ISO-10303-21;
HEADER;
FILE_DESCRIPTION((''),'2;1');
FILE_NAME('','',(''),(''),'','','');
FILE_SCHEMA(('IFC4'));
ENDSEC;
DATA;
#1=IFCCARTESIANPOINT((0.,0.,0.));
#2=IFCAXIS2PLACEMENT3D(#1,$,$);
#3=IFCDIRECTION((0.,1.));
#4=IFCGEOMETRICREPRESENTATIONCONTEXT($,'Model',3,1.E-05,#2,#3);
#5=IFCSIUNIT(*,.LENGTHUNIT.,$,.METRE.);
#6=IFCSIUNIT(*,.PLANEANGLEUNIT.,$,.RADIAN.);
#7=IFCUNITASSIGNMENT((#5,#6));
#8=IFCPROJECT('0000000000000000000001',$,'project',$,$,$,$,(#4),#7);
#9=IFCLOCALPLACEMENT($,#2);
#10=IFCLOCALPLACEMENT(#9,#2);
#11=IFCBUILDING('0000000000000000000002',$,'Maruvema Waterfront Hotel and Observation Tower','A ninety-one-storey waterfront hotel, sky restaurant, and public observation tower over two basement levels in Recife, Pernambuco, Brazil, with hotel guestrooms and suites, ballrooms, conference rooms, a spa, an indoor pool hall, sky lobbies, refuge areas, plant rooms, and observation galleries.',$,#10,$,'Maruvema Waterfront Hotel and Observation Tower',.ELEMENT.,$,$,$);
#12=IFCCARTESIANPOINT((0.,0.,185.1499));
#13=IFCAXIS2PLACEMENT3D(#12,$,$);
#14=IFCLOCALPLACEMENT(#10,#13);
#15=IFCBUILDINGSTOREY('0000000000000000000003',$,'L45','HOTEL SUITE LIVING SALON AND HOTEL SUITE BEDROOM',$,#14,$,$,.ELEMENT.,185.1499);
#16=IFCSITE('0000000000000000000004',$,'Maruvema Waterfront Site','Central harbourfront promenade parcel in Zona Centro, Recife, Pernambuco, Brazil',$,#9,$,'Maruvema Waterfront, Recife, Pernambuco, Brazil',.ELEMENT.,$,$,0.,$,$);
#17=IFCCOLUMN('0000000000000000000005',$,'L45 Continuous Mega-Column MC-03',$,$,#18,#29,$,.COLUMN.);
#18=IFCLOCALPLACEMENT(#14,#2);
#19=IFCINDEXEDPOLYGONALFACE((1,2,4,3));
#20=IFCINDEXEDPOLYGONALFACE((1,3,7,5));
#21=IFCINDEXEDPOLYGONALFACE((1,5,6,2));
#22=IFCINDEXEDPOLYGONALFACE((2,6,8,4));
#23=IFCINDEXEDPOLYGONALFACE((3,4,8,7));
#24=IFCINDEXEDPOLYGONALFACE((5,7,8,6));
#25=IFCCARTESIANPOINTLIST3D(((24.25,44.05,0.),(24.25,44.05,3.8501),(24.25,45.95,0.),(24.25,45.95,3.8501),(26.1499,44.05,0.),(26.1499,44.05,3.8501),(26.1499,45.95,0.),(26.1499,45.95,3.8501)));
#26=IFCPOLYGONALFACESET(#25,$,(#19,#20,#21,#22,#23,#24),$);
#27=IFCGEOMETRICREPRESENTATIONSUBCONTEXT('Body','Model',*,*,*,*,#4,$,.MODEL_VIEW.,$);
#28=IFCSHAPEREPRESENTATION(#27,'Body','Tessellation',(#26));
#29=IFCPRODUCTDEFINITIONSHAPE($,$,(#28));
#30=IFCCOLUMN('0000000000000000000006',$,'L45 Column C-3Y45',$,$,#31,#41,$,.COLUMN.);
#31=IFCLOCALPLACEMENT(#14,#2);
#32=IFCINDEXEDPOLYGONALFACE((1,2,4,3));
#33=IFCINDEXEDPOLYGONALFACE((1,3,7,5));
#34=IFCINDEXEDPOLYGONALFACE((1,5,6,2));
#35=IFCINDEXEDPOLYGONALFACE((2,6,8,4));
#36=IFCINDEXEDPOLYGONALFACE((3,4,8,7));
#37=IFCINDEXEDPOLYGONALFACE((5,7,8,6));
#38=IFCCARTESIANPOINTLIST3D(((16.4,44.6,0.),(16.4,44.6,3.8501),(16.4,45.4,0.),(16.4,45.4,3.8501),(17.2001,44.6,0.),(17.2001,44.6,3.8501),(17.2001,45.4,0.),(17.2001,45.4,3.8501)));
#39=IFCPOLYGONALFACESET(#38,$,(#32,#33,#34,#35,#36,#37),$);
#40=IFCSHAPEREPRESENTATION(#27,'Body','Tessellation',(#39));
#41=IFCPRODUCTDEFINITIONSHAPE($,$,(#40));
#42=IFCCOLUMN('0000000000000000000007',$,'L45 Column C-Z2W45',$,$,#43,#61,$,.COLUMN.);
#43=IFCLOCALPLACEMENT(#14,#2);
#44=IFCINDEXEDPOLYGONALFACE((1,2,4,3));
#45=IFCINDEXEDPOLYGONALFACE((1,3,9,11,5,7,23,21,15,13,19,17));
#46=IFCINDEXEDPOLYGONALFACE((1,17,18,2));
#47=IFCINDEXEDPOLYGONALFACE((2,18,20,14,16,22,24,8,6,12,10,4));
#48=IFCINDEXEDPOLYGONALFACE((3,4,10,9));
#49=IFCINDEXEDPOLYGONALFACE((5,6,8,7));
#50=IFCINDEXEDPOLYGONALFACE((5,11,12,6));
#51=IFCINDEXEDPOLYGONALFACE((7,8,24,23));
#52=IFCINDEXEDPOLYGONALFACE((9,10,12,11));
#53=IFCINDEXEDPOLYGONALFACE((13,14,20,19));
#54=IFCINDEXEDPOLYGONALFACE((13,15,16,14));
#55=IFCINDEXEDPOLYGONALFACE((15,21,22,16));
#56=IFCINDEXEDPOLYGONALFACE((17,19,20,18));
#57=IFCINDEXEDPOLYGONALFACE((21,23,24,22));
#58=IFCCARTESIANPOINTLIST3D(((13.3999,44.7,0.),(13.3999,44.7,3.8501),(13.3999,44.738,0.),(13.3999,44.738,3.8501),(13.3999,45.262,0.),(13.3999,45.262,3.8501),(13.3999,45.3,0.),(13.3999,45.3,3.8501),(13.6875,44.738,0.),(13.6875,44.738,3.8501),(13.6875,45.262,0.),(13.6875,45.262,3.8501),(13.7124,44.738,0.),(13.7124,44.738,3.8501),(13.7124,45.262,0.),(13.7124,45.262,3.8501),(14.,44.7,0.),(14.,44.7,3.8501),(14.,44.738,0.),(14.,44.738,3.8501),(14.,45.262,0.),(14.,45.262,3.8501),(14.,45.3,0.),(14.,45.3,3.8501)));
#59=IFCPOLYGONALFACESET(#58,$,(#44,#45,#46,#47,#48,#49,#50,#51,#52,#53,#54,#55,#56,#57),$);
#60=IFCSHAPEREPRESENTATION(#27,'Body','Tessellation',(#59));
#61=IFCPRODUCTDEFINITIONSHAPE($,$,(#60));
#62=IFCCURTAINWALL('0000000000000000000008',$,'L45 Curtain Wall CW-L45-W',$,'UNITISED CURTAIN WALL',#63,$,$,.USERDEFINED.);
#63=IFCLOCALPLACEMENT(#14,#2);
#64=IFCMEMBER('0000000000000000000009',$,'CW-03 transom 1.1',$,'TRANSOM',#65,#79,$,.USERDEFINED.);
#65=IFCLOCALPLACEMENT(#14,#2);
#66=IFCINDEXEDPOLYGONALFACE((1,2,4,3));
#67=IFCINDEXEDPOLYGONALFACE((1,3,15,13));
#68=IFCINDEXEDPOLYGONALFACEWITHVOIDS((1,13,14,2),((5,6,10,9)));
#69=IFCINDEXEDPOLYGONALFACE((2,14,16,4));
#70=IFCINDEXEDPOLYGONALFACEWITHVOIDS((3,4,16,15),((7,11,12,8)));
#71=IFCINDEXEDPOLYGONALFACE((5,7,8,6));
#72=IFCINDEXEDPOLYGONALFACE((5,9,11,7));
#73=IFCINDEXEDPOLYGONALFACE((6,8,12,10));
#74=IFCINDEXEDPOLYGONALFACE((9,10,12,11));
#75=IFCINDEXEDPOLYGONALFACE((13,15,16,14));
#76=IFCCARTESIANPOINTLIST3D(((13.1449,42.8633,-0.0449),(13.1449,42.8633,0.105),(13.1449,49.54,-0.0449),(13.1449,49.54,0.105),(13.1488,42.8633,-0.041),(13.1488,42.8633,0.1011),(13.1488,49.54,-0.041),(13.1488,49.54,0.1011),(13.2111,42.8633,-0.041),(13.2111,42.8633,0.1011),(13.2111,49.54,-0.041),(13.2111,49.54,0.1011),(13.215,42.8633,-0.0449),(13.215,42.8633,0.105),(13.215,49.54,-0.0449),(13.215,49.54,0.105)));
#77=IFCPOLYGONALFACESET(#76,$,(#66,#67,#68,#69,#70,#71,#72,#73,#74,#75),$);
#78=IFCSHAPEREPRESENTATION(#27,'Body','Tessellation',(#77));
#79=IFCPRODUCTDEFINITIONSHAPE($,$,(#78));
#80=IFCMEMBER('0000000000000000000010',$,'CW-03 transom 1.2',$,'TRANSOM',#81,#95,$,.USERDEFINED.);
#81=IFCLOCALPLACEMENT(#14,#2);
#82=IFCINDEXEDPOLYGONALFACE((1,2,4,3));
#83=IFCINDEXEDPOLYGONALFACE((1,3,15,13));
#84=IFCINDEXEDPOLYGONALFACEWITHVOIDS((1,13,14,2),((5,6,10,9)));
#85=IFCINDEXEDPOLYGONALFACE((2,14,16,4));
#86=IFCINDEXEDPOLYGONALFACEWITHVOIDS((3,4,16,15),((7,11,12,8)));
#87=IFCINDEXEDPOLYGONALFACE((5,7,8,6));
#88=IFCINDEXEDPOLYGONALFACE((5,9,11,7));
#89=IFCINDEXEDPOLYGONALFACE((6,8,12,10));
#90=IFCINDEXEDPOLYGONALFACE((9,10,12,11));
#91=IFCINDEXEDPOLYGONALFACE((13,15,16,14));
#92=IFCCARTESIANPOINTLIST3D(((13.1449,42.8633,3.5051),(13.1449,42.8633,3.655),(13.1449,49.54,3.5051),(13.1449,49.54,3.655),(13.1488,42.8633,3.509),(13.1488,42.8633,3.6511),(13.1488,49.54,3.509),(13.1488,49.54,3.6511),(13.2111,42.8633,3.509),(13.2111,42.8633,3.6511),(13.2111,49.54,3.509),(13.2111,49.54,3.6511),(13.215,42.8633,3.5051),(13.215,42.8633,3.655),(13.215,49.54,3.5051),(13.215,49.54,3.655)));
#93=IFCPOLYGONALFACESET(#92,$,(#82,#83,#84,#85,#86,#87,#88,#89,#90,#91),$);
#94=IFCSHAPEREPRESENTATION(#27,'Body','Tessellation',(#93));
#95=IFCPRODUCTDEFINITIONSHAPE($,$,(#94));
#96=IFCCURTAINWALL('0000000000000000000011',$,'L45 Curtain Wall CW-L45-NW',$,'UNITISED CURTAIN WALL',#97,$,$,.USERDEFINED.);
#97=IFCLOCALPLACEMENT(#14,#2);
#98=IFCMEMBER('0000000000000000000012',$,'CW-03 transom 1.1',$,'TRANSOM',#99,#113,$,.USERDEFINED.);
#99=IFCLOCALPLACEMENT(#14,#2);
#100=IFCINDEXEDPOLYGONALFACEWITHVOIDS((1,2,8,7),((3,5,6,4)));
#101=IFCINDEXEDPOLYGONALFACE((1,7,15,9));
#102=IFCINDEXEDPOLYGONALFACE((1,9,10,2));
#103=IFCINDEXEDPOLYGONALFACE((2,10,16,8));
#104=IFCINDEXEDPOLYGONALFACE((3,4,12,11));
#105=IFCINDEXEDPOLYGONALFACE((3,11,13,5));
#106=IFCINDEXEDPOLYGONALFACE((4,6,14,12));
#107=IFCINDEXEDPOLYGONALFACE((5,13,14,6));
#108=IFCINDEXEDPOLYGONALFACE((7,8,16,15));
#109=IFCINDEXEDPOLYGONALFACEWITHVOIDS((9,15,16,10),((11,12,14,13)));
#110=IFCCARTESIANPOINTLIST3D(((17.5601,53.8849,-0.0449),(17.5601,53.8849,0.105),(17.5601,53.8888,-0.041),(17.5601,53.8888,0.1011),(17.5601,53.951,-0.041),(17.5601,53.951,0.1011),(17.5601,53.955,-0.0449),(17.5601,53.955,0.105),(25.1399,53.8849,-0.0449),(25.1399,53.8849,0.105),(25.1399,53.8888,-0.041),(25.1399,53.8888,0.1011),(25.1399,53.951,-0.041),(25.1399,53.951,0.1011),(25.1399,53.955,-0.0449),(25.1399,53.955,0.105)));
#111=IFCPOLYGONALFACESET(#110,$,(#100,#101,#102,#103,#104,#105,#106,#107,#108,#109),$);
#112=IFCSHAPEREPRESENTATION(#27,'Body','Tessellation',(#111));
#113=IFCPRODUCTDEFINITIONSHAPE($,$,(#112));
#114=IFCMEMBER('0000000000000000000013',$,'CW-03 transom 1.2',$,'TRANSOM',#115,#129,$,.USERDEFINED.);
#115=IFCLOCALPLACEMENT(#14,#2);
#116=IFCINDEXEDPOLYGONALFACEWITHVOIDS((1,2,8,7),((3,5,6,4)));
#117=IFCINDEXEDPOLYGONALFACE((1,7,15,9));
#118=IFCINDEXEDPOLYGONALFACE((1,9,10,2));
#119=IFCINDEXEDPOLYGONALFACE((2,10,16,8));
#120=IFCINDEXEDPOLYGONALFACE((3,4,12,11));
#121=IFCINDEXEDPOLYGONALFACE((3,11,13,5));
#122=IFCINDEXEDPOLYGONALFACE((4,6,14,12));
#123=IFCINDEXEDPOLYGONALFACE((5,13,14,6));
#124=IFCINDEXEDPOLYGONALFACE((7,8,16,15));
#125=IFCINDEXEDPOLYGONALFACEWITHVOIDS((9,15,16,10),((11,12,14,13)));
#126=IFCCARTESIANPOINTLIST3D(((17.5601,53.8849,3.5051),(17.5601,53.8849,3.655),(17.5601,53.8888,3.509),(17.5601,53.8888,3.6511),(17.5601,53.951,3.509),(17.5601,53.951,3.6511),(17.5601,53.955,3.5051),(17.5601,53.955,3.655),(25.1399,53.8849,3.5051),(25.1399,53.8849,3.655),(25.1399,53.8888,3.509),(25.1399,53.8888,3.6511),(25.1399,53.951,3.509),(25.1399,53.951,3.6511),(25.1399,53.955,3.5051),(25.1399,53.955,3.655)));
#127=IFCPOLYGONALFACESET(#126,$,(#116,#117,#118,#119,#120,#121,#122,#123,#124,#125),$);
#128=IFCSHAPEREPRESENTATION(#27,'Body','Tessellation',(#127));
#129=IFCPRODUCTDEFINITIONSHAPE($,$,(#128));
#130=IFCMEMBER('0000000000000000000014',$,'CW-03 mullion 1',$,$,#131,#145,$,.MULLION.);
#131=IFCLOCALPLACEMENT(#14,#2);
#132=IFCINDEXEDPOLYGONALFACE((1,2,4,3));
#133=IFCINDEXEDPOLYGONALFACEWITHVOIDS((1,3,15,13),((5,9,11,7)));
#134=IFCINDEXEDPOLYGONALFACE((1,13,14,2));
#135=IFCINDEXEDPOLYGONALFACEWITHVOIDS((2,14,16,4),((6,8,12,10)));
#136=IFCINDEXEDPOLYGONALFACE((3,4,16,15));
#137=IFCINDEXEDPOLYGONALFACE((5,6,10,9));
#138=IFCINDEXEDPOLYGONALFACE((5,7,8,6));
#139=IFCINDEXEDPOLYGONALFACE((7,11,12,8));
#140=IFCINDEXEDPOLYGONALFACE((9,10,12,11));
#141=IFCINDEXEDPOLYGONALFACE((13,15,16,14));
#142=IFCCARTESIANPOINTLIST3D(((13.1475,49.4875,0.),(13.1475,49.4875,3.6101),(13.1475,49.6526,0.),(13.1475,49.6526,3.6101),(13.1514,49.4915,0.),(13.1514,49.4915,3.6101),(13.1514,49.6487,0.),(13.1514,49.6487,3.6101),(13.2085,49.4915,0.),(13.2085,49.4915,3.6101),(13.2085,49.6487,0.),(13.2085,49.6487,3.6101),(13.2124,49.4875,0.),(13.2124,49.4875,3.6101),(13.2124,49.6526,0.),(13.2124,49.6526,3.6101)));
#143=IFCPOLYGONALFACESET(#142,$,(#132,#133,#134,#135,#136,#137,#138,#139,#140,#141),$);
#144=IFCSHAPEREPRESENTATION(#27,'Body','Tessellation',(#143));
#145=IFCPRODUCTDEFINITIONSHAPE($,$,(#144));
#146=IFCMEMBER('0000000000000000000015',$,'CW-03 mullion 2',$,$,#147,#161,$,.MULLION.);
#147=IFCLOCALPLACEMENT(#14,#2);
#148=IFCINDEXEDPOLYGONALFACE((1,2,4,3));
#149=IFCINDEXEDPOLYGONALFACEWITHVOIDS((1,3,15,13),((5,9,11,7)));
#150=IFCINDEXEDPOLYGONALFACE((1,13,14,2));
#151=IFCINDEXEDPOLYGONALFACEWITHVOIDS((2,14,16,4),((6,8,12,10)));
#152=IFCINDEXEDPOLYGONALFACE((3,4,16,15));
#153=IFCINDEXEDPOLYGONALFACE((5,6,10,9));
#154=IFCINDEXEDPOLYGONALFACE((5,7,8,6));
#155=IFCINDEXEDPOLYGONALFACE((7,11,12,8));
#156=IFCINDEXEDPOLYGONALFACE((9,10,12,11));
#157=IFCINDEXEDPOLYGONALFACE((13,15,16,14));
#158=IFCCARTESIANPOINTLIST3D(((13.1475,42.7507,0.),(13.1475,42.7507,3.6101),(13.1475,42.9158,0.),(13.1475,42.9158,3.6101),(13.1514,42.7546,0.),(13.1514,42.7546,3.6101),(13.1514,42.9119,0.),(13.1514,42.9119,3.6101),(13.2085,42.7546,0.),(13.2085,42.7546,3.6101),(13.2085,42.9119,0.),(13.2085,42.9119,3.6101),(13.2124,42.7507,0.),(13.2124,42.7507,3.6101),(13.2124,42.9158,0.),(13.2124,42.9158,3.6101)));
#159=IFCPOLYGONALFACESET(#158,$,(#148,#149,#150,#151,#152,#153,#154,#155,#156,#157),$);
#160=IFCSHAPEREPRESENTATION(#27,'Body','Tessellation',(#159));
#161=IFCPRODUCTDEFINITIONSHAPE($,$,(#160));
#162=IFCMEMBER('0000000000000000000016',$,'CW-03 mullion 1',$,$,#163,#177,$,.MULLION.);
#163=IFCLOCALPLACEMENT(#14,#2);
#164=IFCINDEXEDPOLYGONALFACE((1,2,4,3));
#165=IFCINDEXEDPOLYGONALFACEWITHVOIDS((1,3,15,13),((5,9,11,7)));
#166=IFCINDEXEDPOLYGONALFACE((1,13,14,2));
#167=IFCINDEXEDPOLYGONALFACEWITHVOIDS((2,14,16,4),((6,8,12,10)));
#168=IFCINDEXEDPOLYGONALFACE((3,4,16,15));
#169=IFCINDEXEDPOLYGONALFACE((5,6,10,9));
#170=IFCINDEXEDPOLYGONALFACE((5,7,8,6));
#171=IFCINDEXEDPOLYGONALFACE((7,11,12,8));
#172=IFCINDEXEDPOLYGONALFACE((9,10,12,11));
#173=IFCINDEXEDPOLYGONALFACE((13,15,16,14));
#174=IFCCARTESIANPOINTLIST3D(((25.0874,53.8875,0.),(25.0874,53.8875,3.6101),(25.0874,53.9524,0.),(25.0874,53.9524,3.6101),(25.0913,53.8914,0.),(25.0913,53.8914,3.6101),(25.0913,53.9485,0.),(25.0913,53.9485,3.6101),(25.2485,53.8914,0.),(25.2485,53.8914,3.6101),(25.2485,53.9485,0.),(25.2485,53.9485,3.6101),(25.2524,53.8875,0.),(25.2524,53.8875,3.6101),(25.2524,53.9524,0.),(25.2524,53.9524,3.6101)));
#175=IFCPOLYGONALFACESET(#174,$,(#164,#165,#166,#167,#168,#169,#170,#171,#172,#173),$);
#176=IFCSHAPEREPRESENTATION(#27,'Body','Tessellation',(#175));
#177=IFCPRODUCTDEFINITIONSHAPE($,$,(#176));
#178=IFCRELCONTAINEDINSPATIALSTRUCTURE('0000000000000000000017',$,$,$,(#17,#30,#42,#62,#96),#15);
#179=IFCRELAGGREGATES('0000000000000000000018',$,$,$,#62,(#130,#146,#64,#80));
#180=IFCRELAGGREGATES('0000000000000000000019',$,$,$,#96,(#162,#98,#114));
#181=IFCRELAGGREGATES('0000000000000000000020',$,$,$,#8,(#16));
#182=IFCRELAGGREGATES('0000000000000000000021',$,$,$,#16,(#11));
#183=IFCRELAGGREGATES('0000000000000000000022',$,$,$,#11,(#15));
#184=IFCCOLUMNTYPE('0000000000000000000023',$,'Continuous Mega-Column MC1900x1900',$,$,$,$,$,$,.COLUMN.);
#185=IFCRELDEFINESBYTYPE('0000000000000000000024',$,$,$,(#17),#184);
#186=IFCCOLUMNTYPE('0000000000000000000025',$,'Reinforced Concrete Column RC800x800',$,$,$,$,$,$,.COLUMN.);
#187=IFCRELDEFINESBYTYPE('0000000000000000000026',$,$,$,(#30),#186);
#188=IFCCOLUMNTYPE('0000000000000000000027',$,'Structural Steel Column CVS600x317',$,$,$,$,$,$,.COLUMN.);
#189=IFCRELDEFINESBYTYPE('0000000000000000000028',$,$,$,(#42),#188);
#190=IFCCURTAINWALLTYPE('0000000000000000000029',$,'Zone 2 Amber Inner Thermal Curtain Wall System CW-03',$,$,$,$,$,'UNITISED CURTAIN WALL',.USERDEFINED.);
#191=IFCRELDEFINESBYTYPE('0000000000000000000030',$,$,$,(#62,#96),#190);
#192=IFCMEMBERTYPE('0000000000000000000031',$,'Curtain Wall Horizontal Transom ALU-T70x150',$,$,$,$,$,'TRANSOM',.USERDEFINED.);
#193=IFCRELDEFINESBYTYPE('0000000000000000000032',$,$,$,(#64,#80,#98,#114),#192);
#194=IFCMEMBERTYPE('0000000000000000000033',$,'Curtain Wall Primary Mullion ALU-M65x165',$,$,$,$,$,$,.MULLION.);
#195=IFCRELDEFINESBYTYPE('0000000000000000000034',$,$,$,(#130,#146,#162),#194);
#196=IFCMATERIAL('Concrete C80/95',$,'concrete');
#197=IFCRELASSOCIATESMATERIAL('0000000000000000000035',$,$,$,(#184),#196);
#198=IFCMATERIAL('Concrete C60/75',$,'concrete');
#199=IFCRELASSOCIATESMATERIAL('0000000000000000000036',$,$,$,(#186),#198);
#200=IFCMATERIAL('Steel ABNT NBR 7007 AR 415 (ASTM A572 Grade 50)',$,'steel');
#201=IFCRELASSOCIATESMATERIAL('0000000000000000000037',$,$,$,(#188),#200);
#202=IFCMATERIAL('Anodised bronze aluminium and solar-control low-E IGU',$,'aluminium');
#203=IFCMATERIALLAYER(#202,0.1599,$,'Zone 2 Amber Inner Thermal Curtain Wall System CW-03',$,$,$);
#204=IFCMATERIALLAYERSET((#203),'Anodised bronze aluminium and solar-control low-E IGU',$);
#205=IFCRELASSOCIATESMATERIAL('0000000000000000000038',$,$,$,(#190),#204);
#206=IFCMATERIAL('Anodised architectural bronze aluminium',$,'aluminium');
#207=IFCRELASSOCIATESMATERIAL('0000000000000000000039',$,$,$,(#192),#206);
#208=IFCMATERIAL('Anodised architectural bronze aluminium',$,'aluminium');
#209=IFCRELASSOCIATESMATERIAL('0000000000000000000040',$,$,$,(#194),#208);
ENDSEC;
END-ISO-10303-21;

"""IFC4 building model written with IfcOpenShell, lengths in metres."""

from ifc_helpers import new_model, si_unit, direction, frame, origin, origin_2d, place, context, subcontext, project, spatial, rectangle, hollow_rectangle, i_section, extrude, material, layer, layer_set, material_profile, profile_set, type_object, element, aggregate, save


model = new_model("IFC4")

# Units and contexts
model_context = context("Model", 3, precision=1e-05, world=origin(), true_north=direction((0.0, 1.0)))
body_context = subcontext(model_context, "Body", "Model", "MODEL_VIEW")
ifc_project = project(units=[si_unit("LENGTHUNIT", "METRE"), si_unit("PLANEANGLEUNIT", "RADIAN")], contexts=[model_context])

# Site, building, storey
site_placement = place(None, origin())
site = spatial("IfcSite", under=ifc_project, at=site_placement, Name="Maruvema Waterfront Site", Description="Central harbourfront promenade parcel in Zona Centro, Recife, Pernambuco, Brazil", LongName="Maruvema Waterfront, Recife, Pernambuco, Brazil", CompositionType="ELEMENT", RefElevation=0.0)
building_placement = place(site_placement, origin())
building = spatial("IfcBuilding", under=site, at=building_placement, Name="Maruvema Waterfront Hotel and Observation Tower", Description="A ninety-one-storey waterfront hotel, sky restaurant, and public observation tower over two basement levels in Recife, Pernambuco, Brazil, with hotel guestrooms and suites, ballrooms, conference rooms, a spa, an indoor pool hall, sky lobbies, refuge areas, plant rooms, and observation galleries.", LongName="Maruvema Waterfront Hotel and Observation Tower", CompositionType="ELEMENT")
storey_placement = place(building_placement, frame((0.0, 0.0, 185.1499)))
storey = spatial("IfcBuildingStorey", under=building, at=storey_placement, Name="L45", Description="HOTEL SUITE LIVING SALON AND HOTEL SUITE BEDROOM", CompositionType="ELEMENT", Elevation=185.1499)

# Columns
ifc_material_1 = material(Name="Concrete C80/95", Category="concrete")
ifc_material_profile_1 = material_profile(ifc_material_1, rectangle(XDim=1.8999, YDim=1.8999, at=origin_2d()), Name="MC1900x1900")
ifc_profile_set_1 = profile_set([ifc_material_profile_1], Name="Concrete C80/95")
column_type_1 = type_object("IfcColumnType", Name="Continuous Mega-Column MC1900x1900", PredefinedType="COLUMN", material=ifc_profile_set_1)
column_1_placement = place(storey_placement, frame((25.2, 45.0, 0.0), z_axis=(0.0, 0.0, 1.0), x_axis=(1.0, 0.0, 0.0)))
element("IfcColumn", 1, at=column_1_placement, inside=storey, type_object=column_type_1, Name="L45 Continuous Mega-Column MC-03", PredefinedType="COLUMN", context=body_context, shape_type="SweptSolid", body=[
    extrude(rectangle(XDim=1.8999, YDim=1.8999, at=origin_2d()), origin(), (0.0, 0.0, 1.0), 3.8501),
])
ifc_material_2 = material(Name="Concrete C60/75", Category="concrete")
ifc_material_profile_2 = material_profile(ifc_material_2, rectangle(XDim=0.8, YDim=0.8, at=origin_2d()), Name="RC800x800")
ifc_profile_set_2 = profile_set([ifc_material_profile_2], Name="Concrete C60/75")
column_type_2 = type_object("IfcColumnType", Name="Reinforced Concrete Column RC800x800", PredefinedType="COLUMN", material=ifc_profile_set_2)
column_2_placement = place(storey_placement, frame((16.8, 45.0, 0.0), z_axis=(0.0, 0.0, 1.0), x_axis=(1.0, 0.0, 0.0)))
element("IfcColumn", 2, at=column_2_placement, inside=storey, type_object=column_type_2, Name="L45 Column C-3Y45", PredefinedType="COLUMN", context=body_context, shape_type="SweptSolid", body=[
    extrude(rectangle(XDim=0.8, YDim=0.8, at=origin_2d()), origin(), (0.0, 0.0, 1.0), 3.8501),
])
ifc_material_3 = material(Name="Steel ABNT NBR 7007 AR 415 (ASTM A572 Grade 50)", Category="steel")
ifc_material_profile_3 = material_profile(ifc_material_3, i_section(OverallWidth=0.6001, OverallDepth=0.6001, WebThickness=0.0249, FlangeThickness=0.0381, at=origin_2d()), Name="CVS600x317")
ifc_profile_set_3 = profile_set([ifc_material_profile_3], Name="Steel ABNT NBR 7007 AR 415 (ASTM A572 Grade 50)")
column_type_3 = type_object("IfcColumnType", Name="Structural Steel Column CVS600x317", PredefinedType="COLUMN", material=ifc_profile_set_3)
column_3_placement = place(storey_placement, frame((13.7, 45.0, 0.0), z_axis=(0.0, 0.0, 1.0), x_axis=(1.0, 0.0, 0.0)))
element("IfcColumn", 3, at=column_3_placement, inside=storey, type_object=column_type_3, Name="L45 Column C-Z2W45", PredefinedType="COLUMN", context=body_context, shape_type="SweptSolid", body=[
    extrude(i_section(OverallWidth=0.6001, OverallDepth=0.6001, WebThickness=0.0249, FlangeThickness=0.0381, at=origin_2d()), origin(), (0.0, 0.0, 1.0), 3.8501),
])

# Curtain walls, members
ifc_material_4 = material(Name="Anodised bronze aluminium and solar-control low-E IGU", Category="aluminium")
ifc_layer_1 = layer(ifc_material_4, 0.1599, Name="Zone 2 Amber Inner Thermal Curtain Wall System CW-03")
ifc_layer_set_1 = layer_set([ifc_layer_1], Name="Anodised bronze aluminium and solar-control low-E IGU")
curtain_wall_type = type_object("IfcCurtainWallType", Name="Zone 2 Amber Inner Thermal Curtain Wall System CW-03", ElementType="UNITISED CURTAIN WALL", PredefinedType="USERDEFINED", material=ifc_layer_set_1)
curtain_wall_1_placement = place(storey_placement, origin())
curtain_wall_1 = element("IfcCurtainWall", 4, at=curtain_wall_1_placement, inside=storey, type_object=curtain_wall_type, Name="L45 Curtain Wall CW-L45-W", ObjectType="UNITISED CURTAIN WALL", PredefinedType="USERDEFINED")
ifc_material_5 = material(Name="Anodised architectural bronze aluminium", Category="aluminium")
ifc_material_profile_4 = material_profile(ifc_material_5, hollow_rectangle(XDim=0.0701, YDim=0.1499, WallThickness=0.0039, at=origin_2d()), Name="ALU-T70x150")
ifc_profile_set_4 = profile_set([ifc_material_profile_4], Name="Anodised architectural bronze aluminium")
member_type_1 = type_object("IfcMemberType", Name="Curtain Wall Horizontal Transom ALU-T70x150", ElementType="TRANSOM", PredefinedType="USERDEFINED", material=ifc_profile_set_4)
member_1_placement = place(storey_placement, frame((13.1799, 49.54, 0.03), z_axis=(0.0, -1.0, 0.0), x_axis=(1.0, 0.0, 0.0)))
member_1 = element("IfcMember", 5, at=member_1_placement, type_object=member_type_1, Name="CW-03 transom 1.1", ObjectType="TRANSOM", PredefinedType="USERDEFINED", context=body_context, shape_type="SweptSolid", body=[
    extrude(hollow_rectangle(XDim=0.0701, YDim=0.1499, WallThickness=0.0039, at=origin_2d()), origin(), (0.0, 0.0, 1.0), 6.6768),
])
member_2_placement = place(storey_placement, frame((13.1799, 49.54, 3.5801), z_axis=(0.0, -1.0, 0.0), x_axis=(1.0, 0.0, 0.0)))
member_2 = element("IfcMember", 6, at=member_2_placement, type_object=member_type_1, Name="CW-03 transom 1.2", ObjectType="TRANSOM", PredefinedType="USERDEFINED", context=body_context, shape_type="SweptSolid", body=[
    extrude(hollow_rectangle(XDim=0.0701, YDim=0.1499, WallThickness=0.0039, at=origin_2d()), origin(), (0.0, 0.0, 1.0), 6.6768),
])
curtain_wall_2_placement = place(storey_placement, origin())
curtain_wall_2 = element("IfcCurtainWall", 7, at=curtain_wall_2_placement, inside=storey, type_object=curtain_wall_type, Name="L45 Curtain Wall CW-L45-NW", ObjectType="UNITISED CURTAIN WALL", PredefinedType="USERDEFINED")
member_3_placement = place(storey_placement, frame((25.1399, 53.9199, 0.03), z_axis=(-1.0, 0.0, 0.0), x_axis=(0.0, -1.0, 0.0)))
member_3 = element("IfcMember", 8, at=member_3_placement, type_object=member_type_1, Name="CW-03 transom 1.1", ObjectType="TRANSOM", PredefinedType="USERDEFINED", context=body_context, shape_type="SweptSolid", body=[
    extrude(hollow_rectangle(XDim=0.0701, YDim=0.1499, WallThickness=0.0039, at=origin_2d()), origin(), (0.0, 0.0, 1.0), 7.5798),
])
member_4_placement = place(storey_placement, frame((25.1399, 53.9199, 3.5801), z_axis=(-1.0, 0.0, 0.0), x_axis=(0.0, -1.0, 0.0)))
member_4 = element("IfcMember", 9, at=member_4_placement, type_object=member_type_1, Name="CW-03 transom 1.2", ObjectType="TRANSOM", PredefinedType="USERDEFINED", context=body_context, shape_type="SweptSolid", body=[
    extrude(hollow_rectangle(XDim=0.0701, YDim=0.1499, WallThickness=0.0039, at=origin_2d()), origin(), (0.0, 0.0, 1.0), 7.5798),
])

# Members
ifc_material_6 = material(Name="Anodised architectural bronze aluminium", Category="aluminium")
ifc_material_profile_5 = material_profile(ifc_material_6, hollow_rectangle(XDim=0.0649, YDim=0.165, WallThickness=0.0039, at=origin_2d()), Name="ALU-M65x165")
ifc_profile_set_5 = profile_set([ifc_material_profile_5], Name="Anodised architectural bronze aluminium")
member_type_2 = type_object("IfcMemberType", Name="Curtain Wall Primary Mullion ALU-M65x165", PredefinedType="MULLION", material=ifc_profile_set_5)
member_5_placement = place(storey_placement, frame((13.1799, 49.5701, 0.0), z_axis=(0.0, 0.0, 1.0), x_axis=(1.0, 0.0, 0.0)))
member_5 = element("IfcMember", 10, at=member_5_placement, type_object=member_type_2, Name="CW-03 mullion 1", PredefinedType="MULLION", context=body_context, shape_type="SweptSolid", body=[
    extrude(hollow_rectangle(XDim=0.0649, YDim=0.165, WallThickness=0.0039, at=origin_2d()), origin(), (0.0, 0.0, 1.0), 3.6101),
])
member_6_placement = place(storey_placement, frame((13.1799, 42.8333, 0.0), z_axis=(0.0, 0.0, 1.0), x_axis=(1.0, 0.0, 0.0)))
member_6 = element("IfcMember", 11, at=member_6_placement, type_object=member_type_2, Name="CW-03 mullion 2", PredefinedType="MULLION", context=body_context, shape_type="SweptSolid", body=[
    extrude(hollow_rectangle(XDim=0.0649, YDim=0.165, WallThickness=0.0039, at=origin_2d()), origin(), (0.0, 0.0, 1.0), 3.6101),
])
member_7_placement = place(storey_placement, frame((25.1699, 53.9199, 0.0), z_axis=(0.0, 0.0, 1.0), x_axis=(0.0, -1.0, 0.0)))
member_7 = element("IfcMember", 12, at=member_7_placement, type_object=member_type_2, Name="CW-03 mullion 1", PredefinedType="MULLION", context=body_context, shape_type="SweptSolid", body=[
    extrude(hollow_rectangle(XDim=0.0649, YDim=0.165, WallThickness=0.0039, at=origin_2d()), origin(), (0.0, 0.0, 1.0), 3.6101),
])

aggregate(curtain_wall_1, [member_5, member_6, member_1, member_2])
aggregate(curtain_wall_2, [member_7, member_3, member_4])

save(model, "model.ifc")
